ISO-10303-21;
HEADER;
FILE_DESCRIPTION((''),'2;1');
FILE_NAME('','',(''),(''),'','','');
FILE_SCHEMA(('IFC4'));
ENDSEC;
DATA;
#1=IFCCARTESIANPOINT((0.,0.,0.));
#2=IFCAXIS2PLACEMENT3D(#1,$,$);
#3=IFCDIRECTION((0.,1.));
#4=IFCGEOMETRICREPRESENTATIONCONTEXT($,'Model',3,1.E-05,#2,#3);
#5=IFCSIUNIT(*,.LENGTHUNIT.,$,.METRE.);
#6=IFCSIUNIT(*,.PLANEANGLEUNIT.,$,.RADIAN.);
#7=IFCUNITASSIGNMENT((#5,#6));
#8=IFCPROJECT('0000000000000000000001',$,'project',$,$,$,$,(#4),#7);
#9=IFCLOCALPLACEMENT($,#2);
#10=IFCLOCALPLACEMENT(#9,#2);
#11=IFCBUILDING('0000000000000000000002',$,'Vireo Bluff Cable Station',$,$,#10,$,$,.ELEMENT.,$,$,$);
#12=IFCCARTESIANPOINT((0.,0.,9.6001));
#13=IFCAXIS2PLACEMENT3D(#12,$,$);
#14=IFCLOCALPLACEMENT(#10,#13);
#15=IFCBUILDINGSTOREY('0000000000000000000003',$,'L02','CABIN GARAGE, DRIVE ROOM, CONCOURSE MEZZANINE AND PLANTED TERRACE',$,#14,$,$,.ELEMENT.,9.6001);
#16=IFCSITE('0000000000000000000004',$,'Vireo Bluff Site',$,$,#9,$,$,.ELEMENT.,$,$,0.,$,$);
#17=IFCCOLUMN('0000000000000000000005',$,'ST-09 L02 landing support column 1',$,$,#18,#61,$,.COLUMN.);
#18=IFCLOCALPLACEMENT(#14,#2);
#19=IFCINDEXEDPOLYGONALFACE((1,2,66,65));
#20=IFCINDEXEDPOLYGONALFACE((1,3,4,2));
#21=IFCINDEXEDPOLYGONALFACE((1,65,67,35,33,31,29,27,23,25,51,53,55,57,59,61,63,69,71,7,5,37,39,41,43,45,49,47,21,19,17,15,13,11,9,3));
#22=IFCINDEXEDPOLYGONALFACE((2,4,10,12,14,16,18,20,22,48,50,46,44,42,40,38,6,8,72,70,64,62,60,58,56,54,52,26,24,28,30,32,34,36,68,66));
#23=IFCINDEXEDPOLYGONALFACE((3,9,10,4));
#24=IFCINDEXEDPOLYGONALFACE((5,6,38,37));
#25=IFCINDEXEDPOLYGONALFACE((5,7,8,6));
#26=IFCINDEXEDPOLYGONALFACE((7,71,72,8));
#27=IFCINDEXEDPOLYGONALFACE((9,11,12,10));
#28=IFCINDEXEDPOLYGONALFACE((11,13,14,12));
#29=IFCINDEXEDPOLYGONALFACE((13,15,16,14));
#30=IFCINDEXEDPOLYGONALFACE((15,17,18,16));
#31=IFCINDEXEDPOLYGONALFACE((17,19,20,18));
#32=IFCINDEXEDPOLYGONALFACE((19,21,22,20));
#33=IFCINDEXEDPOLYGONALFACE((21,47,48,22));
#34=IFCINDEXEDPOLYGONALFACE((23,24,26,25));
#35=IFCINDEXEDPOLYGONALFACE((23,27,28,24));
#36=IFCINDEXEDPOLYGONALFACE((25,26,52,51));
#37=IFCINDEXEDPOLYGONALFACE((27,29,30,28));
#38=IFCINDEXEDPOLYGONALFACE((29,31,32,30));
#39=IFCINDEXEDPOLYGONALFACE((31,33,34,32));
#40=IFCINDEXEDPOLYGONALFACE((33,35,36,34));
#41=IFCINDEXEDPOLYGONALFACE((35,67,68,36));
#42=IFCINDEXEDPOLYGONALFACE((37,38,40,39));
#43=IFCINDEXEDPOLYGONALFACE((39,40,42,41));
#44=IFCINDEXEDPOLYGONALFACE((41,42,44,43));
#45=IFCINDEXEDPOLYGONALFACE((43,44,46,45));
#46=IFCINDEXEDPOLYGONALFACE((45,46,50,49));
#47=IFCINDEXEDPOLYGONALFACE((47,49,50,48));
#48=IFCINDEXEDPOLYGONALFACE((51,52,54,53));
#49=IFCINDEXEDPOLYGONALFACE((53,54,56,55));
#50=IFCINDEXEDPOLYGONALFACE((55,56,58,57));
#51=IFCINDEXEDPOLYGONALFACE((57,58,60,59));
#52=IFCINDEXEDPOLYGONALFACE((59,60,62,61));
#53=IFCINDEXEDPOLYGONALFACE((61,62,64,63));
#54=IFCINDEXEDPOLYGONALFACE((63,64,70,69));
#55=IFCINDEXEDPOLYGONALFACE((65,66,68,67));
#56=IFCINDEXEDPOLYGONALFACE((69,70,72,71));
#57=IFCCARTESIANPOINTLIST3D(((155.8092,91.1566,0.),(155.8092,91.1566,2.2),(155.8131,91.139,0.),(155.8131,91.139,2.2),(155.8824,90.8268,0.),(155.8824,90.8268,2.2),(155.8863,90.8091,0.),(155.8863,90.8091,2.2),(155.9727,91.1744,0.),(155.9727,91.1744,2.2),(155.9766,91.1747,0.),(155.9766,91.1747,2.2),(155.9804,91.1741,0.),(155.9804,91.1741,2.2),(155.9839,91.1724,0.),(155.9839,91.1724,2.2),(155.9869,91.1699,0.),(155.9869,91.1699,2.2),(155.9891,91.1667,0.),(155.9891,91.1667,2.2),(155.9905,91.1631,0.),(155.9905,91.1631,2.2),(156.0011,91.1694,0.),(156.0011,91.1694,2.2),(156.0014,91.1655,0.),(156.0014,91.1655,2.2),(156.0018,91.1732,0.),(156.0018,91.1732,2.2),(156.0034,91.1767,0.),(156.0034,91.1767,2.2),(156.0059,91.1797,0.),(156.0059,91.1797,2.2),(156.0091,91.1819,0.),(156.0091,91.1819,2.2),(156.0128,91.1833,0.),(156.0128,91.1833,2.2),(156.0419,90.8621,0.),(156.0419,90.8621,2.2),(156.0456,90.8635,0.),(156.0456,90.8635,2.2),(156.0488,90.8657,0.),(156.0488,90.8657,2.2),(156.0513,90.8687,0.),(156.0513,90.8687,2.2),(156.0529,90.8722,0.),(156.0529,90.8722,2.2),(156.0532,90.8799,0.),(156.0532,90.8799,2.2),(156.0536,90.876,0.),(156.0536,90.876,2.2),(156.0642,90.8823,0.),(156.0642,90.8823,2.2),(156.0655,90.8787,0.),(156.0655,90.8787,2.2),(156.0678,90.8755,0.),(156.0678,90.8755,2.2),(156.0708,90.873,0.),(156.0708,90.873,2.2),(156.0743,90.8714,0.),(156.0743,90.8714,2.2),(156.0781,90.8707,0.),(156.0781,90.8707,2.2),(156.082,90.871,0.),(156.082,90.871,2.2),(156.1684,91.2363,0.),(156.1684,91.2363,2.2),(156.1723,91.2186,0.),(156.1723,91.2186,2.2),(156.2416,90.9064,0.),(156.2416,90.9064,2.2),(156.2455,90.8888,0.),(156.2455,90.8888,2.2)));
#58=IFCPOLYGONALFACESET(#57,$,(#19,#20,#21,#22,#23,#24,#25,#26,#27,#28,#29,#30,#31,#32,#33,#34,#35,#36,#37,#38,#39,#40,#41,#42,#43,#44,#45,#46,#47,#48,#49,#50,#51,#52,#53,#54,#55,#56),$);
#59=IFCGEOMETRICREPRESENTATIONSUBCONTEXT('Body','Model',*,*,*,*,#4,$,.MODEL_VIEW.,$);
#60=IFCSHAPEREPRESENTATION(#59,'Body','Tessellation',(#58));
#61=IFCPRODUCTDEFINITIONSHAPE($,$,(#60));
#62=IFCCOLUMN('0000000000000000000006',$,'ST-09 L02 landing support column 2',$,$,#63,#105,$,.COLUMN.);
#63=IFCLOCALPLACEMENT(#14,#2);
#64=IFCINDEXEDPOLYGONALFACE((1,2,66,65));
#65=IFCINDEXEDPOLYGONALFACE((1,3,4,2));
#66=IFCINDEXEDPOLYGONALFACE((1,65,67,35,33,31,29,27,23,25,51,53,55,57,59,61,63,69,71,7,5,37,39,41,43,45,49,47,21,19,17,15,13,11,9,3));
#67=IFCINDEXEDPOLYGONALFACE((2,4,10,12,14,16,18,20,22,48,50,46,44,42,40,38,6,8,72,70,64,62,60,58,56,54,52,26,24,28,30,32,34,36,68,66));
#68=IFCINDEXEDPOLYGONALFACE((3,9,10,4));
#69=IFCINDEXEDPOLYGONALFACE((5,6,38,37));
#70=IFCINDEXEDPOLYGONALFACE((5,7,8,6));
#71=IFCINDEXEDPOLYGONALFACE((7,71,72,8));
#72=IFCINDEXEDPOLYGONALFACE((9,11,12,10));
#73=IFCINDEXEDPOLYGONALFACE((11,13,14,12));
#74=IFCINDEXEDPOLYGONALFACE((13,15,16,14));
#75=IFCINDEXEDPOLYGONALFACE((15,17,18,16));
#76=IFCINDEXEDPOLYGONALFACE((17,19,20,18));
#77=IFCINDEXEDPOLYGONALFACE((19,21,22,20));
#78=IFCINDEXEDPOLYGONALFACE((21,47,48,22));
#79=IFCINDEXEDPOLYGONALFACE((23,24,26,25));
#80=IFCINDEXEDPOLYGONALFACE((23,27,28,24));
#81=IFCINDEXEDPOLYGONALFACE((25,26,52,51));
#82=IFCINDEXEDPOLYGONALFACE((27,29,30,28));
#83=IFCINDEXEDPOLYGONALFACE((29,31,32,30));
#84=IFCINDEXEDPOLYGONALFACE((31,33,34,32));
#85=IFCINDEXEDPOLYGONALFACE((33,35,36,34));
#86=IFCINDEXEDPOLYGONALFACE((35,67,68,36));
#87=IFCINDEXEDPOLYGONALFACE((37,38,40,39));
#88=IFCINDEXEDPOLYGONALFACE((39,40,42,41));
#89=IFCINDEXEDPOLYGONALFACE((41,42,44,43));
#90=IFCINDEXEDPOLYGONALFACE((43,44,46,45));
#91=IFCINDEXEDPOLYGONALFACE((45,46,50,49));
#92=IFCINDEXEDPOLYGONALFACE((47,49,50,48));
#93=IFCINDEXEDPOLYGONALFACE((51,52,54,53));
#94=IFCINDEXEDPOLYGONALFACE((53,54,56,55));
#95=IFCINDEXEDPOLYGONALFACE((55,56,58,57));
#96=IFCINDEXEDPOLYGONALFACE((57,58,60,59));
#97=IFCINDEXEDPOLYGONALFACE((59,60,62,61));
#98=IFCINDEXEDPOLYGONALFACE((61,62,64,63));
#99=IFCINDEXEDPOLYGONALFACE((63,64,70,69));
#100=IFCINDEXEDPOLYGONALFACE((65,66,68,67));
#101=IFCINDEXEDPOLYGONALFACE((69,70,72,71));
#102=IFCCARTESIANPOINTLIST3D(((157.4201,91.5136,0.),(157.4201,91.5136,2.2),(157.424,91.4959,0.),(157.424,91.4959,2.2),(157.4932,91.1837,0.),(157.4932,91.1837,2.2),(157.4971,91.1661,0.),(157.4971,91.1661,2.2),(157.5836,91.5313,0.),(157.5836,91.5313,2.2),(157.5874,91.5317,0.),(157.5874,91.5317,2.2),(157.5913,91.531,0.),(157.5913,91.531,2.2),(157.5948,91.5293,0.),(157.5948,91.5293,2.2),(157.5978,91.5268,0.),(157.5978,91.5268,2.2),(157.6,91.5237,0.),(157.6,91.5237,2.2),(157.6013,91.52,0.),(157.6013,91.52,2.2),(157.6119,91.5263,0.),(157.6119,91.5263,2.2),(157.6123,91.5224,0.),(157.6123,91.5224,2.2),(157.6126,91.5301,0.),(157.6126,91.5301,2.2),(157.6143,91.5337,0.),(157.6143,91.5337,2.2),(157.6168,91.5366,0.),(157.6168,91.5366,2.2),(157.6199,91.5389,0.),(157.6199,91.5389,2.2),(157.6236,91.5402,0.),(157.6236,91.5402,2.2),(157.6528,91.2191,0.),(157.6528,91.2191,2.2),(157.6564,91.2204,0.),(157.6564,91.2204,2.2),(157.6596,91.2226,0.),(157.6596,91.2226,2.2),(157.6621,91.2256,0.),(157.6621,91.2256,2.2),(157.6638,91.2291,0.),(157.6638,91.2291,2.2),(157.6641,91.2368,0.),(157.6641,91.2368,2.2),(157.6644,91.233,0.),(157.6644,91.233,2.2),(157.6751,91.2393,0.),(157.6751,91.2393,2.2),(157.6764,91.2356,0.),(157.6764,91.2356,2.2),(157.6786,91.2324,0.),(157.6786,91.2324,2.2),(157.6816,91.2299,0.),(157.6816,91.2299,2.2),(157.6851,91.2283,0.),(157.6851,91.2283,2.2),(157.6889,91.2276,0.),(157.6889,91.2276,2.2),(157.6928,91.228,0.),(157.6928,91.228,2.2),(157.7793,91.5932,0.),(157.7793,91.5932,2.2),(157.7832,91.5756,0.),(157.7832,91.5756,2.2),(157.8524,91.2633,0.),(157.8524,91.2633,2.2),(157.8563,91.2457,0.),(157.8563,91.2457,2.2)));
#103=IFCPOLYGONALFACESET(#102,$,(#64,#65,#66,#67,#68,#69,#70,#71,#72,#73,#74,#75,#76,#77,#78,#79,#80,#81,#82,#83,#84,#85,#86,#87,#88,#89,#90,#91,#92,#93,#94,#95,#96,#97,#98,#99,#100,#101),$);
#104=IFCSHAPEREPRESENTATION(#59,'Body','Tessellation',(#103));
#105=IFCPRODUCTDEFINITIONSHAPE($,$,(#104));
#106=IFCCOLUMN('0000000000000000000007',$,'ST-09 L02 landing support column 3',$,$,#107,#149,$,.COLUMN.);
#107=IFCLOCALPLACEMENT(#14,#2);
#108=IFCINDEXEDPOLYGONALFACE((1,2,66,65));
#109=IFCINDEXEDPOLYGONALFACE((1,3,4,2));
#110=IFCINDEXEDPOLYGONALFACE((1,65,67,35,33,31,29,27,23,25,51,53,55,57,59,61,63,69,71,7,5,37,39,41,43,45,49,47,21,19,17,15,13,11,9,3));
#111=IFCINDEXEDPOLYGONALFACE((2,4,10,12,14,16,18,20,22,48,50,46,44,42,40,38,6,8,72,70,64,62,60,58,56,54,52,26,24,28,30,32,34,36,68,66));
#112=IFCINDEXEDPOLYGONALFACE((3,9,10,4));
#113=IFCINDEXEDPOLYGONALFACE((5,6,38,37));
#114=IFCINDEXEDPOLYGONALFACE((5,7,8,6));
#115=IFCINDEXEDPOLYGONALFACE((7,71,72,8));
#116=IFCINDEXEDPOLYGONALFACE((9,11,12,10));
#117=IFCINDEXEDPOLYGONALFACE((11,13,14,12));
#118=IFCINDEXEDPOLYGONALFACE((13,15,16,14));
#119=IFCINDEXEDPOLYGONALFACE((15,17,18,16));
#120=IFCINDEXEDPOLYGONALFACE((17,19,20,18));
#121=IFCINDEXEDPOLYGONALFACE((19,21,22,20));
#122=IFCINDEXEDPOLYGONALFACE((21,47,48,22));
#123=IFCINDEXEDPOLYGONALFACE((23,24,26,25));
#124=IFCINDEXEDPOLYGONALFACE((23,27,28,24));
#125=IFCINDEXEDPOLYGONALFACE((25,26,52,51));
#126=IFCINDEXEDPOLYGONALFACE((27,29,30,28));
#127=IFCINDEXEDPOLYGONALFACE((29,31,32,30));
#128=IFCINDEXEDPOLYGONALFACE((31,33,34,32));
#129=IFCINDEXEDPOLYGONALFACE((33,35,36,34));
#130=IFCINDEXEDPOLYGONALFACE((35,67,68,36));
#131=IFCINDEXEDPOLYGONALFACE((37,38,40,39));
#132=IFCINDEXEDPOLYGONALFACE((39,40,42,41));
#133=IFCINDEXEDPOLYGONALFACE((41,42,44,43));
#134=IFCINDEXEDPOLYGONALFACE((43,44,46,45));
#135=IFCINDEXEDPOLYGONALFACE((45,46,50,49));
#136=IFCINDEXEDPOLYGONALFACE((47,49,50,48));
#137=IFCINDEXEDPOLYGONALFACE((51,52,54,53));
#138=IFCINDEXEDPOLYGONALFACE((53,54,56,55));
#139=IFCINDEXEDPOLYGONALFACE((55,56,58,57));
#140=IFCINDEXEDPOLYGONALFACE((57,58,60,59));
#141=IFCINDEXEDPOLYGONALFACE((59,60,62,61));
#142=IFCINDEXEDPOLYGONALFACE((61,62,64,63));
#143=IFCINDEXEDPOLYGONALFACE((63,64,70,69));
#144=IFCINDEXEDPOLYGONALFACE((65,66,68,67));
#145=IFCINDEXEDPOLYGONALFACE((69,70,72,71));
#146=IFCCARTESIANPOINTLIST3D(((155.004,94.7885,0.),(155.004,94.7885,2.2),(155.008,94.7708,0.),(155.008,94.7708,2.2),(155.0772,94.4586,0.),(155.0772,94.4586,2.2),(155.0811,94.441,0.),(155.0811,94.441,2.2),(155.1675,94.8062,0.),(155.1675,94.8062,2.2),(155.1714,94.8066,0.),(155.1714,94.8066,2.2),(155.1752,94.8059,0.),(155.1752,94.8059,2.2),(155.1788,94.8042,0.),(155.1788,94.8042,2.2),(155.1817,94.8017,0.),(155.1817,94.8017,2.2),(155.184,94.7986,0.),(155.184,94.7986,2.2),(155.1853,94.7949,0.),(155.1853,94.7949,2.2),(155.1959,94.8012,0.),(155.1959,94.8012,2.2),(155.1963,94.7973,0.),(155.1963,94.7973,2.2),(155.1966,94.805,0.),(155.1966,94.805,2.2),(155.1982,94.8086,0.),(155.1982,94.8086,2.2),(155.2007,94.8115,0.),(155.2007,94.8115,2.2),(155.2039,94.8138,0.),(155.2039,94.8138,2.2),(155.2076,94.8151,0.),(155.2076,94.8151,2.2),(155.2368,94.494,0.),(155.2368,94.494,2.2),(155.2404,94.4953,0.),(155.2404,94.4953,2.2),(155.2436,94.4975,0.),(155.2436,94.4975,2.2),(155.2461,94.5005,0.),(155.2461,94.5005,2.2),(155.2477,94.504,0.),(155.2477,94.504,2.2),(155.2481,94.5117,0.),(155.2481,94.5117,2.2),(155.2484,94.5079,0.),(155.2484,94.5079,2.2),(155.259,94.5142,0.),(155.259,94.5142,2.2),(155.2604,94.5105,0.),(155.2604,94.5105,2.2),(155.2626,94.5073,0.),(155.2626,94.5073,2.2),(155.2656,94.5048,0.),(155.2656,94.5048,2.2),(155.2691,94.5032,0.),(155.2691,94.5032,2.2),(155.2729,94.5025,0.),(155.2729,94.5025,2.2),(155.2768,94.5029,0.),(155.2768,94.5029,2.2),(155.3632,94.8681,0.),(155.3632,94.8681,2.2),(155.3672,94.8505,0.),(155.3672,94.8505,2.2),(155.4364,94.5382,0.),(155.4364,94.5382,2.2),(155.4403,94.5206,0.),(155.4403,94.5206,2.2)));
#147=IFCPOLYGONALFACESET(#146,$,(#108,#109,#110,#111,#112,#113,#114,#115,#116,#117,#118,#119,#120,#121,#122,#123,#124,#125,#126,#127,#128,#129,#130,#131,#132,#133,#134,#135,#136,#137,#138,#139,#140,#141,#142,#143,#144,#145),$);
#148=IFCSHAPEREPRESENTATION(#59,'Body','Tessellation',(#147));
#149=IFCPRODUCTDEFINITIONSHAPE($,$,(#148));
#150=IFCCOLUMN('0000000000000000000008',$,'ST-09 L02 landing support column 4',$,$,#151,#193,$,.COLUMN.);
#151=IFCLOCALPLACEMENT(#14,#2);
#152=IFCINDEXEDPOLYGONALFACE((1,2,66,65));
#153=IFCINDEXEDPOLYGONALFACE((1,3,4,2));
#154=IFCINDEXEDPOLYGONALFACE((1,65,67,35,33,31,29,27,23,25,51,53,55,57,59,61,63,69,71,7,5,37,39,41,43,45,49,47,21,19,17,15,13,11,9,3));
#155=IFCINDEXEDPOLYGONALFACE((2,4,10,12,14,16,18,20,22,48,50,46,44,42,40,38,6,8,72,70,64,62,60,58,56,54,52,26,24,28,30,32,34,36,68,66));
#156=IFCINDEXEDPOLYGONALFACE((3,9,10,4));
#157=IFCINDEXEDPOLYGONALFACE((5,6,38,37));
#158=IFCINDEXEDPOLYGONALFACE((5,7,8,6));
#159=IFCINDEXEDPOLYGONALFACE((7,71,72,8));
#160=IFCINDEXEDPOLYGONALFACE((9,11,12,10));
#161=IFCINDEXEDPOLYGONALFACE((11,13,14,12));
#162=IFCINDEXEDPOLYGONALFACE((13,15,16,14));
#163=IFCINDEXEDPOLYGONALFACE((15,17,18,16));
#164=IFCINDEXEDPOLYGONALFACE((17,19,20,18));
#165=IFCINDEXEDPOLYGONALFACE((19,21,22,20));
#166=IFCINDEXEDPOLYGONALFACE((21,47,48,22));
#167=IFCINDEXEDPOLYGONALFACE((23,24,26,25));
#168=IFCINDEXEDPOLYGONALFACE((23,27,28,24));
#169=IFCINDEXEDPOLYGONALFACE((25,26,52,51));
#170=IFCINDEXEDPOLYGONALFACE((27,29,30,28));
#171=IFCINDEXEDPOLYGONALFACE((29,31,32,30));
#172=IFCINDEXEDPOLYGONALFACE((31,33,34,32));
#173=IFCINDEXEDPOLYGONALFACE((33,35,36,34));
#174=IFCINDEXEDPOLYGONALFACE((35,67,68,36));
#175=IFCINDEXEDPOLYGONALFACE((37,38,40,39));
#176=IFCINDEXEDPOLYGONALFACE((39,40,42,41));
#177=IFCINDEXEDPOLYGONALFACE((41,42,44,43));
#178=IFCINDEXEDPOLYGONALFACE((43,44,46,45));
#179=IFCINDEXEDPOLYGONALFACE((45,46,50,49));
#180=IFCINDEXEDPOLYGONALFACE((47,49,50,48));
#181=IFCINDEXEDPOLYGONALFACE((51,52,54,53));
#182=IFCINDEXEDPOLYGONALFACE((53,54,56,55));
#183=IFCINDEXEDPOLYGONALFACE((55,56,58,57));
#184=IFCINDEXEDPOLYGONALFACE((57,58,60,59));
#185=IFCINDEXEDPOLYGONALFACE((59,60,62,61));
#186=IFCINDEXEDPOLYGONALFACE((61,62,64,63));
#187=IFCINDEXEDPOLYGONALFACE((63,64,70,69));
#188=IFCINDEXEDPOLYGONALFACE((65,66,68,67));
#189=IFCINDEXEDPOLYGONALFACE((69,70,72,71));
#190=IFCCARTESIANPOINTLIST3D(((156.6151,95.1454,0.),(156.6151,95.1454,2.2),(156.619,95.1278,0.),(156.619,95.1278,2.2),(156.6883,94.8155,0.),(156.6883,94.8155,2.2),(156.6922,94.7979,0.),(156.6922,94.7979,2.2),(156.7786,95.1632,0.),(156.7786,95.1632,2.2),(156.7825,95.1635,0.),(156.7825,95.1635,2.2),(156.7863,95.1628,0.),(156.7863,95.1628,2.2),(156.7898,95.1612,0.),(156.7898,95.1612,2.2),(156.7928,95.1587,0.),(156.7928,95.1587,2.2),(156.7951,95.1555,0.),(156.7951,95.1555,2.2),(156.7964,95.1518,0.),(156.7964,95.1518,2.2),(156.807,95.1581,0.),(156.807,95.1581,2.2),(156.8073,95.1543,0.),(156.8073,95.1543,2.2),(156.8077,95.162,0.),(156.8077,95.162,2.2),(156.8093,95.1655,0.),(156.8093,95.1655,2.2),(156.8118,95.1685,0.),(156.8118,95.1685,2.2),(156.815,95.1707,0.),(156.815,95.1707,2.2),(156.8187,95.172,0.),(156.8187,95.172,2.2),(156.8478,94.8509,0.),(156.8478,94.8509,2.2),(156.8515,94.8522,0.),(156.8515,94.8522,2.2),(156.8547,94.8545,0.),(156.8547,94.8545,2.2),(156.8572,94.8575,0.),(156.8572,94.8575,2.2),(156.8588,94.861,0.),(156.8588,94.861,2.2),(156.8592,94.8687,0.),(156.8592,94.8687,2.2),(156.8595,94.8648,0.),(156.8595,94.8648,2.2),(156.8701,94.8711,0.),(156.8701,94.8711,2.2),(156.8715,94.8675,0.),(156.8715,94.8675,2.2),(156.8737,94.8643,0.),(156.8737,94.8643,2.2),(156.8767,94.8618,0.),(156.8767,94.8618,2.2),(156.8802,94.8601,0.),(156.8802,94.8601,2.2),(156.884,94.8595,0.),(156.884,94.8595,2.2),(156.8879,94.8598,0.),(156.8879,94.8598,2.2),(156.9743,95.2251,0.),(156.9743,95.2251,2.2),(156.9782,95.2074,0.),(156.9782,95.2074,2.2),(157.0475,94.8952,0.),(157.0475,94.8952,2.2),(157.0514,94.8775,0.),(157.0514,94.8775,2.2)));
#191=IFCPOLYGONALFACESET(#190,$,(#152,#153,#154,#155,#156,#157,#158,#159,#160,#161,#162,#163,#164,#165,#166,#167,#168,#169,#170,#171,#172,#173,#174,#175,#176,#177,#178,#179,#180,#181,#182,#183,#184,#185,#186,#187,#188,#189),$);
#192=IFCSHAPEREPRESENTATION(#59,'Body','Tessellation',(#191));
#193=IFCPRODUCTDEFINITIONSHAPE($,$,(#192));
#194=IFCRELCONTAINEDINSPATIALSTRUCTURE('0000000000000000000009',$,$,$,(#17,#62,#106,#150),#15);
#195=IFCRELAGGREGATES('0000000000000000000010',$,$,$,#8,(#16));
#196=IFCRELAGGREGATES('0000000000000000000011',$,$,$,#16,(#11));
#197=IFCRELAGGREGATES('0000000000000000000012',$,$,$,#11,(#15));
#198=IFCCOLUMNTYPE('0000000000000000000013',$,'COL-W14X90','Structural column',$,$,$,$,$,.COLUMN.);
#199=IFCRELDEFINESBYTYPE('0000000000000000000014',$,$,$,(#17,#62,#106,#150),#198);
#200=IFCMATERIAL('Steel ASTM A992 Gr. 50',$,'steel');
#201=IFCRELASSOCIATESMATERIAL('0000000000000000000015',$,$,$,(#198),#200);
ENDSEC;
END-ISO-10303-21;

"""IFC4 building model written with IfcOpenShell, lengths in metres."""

from ifc_helpers import new_model, si_unit, direction, frame, origin, origin_2d, place, context, subcontext, project, spatial, i_section, extrude, material, material_profile, profile_set, type_object, element, save


model = new_model("IFC4")

# Units and contexts
model_context = context("Model", 3, precision=1e-05, world=origin(), true_north=direction((0.0, 1.0)))
body_context = subcontext(model_context, "Body", "Model", "MODEL_VIEW")
ifc_project = project(units=[si_unit("LENGTHUNIT", "METRE"), si_unit("PLANEANGLEUNIT", "RADIAN")], contexts=[model_context])

# Site, building, storey
site_placement = place(None, origin())
site = spatial("IfcSite", under=ifc_project, at=site_placement, Name="Vireo Bluff Site", CompositionType="ELEMENT", RefElevation=0.0)
building_placement = place(site_placement, origin())
building = spatial("IfcBuilding", under=site, at=building_placement, Name="Vireo Bluff Cable Station", CompositionType="ELEMENT")
storey_placement = place(building_placement, frame((0.0, 0.0, 9.6001)))
storey = spatial("IfcBuildingStorey", under=building, at=storey_placement, Name="L02", Description="CABIN GARAGE, DRIVE ROOM, CONCOURSE MEZZANINE AND PLANTED TERRACE", CompositionType="ELEMENT", Elevation=9.6001)

# Columns
ifc_material_1 = material(Name="Steel ASTM A992 Gr. 50", Category="steel")
ifc_material_profile_1 = material_profile(ifc_material_1, i_section(OverallWidth=0.3679, OverallDepth=0.356, WebThickness=0.0112, FlangeThickness=0.0181, FilletRadius=0.0149, at=origin_2d()), Name="W14X90")
ifc_profile_set_1 = profile_set([ifc_material_profile_1], Name="Steel ASTM A992 Gr. 50")
column_type = type_object("IfcColumnType", Name="COL-W14X90", Description="Structural column", PredefinedType="COLUMN", material=ifc_profile_set_1)
for number, where, z_axis, x_axis, name in (
    (1, (156.0273, 91.0227, 0.0), (0.0, 0.0, 1.0), (0.976296, 0.21644, 0.0), "ST-09 L02 landing support column 1"),
    (2, (157.6382, 91.3796, 0.0), (0.0, 0.0, 1.0), (0.976296, 0.21644, 0.0), "ST-09 L02 landing support column 2"),
    (3, (155.2222, 94.6545, 0.0), (0.0, 0.0, 1.0), (0.976296, 0.21644, 0.0), "ST-09 L02 landing support column 3"),
    (4, (156.8333, 95.0115, 0.0), (0.0, 0.0, 1.0), (0.976296, 0.21644, 0.0), "ST-09 L02 landing support column 4"),
):
    element("IfcColumn", number, at=place(storey_placement, frame(where, z_axis=z_axis, x_axis=x_axis)), inside=storey, type_object=column_type, Name=name, PredefinedType="COLUMN", context=body_context, shape_type="SweptSolid", body=[
        extrude(i_section(OverallWidth=0.3679, OverallDepth=0.356, WebThickness=0.0112, FlangeThickness=0.0181, FilletRadius=0.0149, at=origin_2d()), origin(), (0.0, 0.0, 1.0), 2.2),
    ])

save(model, "model.ifc")
